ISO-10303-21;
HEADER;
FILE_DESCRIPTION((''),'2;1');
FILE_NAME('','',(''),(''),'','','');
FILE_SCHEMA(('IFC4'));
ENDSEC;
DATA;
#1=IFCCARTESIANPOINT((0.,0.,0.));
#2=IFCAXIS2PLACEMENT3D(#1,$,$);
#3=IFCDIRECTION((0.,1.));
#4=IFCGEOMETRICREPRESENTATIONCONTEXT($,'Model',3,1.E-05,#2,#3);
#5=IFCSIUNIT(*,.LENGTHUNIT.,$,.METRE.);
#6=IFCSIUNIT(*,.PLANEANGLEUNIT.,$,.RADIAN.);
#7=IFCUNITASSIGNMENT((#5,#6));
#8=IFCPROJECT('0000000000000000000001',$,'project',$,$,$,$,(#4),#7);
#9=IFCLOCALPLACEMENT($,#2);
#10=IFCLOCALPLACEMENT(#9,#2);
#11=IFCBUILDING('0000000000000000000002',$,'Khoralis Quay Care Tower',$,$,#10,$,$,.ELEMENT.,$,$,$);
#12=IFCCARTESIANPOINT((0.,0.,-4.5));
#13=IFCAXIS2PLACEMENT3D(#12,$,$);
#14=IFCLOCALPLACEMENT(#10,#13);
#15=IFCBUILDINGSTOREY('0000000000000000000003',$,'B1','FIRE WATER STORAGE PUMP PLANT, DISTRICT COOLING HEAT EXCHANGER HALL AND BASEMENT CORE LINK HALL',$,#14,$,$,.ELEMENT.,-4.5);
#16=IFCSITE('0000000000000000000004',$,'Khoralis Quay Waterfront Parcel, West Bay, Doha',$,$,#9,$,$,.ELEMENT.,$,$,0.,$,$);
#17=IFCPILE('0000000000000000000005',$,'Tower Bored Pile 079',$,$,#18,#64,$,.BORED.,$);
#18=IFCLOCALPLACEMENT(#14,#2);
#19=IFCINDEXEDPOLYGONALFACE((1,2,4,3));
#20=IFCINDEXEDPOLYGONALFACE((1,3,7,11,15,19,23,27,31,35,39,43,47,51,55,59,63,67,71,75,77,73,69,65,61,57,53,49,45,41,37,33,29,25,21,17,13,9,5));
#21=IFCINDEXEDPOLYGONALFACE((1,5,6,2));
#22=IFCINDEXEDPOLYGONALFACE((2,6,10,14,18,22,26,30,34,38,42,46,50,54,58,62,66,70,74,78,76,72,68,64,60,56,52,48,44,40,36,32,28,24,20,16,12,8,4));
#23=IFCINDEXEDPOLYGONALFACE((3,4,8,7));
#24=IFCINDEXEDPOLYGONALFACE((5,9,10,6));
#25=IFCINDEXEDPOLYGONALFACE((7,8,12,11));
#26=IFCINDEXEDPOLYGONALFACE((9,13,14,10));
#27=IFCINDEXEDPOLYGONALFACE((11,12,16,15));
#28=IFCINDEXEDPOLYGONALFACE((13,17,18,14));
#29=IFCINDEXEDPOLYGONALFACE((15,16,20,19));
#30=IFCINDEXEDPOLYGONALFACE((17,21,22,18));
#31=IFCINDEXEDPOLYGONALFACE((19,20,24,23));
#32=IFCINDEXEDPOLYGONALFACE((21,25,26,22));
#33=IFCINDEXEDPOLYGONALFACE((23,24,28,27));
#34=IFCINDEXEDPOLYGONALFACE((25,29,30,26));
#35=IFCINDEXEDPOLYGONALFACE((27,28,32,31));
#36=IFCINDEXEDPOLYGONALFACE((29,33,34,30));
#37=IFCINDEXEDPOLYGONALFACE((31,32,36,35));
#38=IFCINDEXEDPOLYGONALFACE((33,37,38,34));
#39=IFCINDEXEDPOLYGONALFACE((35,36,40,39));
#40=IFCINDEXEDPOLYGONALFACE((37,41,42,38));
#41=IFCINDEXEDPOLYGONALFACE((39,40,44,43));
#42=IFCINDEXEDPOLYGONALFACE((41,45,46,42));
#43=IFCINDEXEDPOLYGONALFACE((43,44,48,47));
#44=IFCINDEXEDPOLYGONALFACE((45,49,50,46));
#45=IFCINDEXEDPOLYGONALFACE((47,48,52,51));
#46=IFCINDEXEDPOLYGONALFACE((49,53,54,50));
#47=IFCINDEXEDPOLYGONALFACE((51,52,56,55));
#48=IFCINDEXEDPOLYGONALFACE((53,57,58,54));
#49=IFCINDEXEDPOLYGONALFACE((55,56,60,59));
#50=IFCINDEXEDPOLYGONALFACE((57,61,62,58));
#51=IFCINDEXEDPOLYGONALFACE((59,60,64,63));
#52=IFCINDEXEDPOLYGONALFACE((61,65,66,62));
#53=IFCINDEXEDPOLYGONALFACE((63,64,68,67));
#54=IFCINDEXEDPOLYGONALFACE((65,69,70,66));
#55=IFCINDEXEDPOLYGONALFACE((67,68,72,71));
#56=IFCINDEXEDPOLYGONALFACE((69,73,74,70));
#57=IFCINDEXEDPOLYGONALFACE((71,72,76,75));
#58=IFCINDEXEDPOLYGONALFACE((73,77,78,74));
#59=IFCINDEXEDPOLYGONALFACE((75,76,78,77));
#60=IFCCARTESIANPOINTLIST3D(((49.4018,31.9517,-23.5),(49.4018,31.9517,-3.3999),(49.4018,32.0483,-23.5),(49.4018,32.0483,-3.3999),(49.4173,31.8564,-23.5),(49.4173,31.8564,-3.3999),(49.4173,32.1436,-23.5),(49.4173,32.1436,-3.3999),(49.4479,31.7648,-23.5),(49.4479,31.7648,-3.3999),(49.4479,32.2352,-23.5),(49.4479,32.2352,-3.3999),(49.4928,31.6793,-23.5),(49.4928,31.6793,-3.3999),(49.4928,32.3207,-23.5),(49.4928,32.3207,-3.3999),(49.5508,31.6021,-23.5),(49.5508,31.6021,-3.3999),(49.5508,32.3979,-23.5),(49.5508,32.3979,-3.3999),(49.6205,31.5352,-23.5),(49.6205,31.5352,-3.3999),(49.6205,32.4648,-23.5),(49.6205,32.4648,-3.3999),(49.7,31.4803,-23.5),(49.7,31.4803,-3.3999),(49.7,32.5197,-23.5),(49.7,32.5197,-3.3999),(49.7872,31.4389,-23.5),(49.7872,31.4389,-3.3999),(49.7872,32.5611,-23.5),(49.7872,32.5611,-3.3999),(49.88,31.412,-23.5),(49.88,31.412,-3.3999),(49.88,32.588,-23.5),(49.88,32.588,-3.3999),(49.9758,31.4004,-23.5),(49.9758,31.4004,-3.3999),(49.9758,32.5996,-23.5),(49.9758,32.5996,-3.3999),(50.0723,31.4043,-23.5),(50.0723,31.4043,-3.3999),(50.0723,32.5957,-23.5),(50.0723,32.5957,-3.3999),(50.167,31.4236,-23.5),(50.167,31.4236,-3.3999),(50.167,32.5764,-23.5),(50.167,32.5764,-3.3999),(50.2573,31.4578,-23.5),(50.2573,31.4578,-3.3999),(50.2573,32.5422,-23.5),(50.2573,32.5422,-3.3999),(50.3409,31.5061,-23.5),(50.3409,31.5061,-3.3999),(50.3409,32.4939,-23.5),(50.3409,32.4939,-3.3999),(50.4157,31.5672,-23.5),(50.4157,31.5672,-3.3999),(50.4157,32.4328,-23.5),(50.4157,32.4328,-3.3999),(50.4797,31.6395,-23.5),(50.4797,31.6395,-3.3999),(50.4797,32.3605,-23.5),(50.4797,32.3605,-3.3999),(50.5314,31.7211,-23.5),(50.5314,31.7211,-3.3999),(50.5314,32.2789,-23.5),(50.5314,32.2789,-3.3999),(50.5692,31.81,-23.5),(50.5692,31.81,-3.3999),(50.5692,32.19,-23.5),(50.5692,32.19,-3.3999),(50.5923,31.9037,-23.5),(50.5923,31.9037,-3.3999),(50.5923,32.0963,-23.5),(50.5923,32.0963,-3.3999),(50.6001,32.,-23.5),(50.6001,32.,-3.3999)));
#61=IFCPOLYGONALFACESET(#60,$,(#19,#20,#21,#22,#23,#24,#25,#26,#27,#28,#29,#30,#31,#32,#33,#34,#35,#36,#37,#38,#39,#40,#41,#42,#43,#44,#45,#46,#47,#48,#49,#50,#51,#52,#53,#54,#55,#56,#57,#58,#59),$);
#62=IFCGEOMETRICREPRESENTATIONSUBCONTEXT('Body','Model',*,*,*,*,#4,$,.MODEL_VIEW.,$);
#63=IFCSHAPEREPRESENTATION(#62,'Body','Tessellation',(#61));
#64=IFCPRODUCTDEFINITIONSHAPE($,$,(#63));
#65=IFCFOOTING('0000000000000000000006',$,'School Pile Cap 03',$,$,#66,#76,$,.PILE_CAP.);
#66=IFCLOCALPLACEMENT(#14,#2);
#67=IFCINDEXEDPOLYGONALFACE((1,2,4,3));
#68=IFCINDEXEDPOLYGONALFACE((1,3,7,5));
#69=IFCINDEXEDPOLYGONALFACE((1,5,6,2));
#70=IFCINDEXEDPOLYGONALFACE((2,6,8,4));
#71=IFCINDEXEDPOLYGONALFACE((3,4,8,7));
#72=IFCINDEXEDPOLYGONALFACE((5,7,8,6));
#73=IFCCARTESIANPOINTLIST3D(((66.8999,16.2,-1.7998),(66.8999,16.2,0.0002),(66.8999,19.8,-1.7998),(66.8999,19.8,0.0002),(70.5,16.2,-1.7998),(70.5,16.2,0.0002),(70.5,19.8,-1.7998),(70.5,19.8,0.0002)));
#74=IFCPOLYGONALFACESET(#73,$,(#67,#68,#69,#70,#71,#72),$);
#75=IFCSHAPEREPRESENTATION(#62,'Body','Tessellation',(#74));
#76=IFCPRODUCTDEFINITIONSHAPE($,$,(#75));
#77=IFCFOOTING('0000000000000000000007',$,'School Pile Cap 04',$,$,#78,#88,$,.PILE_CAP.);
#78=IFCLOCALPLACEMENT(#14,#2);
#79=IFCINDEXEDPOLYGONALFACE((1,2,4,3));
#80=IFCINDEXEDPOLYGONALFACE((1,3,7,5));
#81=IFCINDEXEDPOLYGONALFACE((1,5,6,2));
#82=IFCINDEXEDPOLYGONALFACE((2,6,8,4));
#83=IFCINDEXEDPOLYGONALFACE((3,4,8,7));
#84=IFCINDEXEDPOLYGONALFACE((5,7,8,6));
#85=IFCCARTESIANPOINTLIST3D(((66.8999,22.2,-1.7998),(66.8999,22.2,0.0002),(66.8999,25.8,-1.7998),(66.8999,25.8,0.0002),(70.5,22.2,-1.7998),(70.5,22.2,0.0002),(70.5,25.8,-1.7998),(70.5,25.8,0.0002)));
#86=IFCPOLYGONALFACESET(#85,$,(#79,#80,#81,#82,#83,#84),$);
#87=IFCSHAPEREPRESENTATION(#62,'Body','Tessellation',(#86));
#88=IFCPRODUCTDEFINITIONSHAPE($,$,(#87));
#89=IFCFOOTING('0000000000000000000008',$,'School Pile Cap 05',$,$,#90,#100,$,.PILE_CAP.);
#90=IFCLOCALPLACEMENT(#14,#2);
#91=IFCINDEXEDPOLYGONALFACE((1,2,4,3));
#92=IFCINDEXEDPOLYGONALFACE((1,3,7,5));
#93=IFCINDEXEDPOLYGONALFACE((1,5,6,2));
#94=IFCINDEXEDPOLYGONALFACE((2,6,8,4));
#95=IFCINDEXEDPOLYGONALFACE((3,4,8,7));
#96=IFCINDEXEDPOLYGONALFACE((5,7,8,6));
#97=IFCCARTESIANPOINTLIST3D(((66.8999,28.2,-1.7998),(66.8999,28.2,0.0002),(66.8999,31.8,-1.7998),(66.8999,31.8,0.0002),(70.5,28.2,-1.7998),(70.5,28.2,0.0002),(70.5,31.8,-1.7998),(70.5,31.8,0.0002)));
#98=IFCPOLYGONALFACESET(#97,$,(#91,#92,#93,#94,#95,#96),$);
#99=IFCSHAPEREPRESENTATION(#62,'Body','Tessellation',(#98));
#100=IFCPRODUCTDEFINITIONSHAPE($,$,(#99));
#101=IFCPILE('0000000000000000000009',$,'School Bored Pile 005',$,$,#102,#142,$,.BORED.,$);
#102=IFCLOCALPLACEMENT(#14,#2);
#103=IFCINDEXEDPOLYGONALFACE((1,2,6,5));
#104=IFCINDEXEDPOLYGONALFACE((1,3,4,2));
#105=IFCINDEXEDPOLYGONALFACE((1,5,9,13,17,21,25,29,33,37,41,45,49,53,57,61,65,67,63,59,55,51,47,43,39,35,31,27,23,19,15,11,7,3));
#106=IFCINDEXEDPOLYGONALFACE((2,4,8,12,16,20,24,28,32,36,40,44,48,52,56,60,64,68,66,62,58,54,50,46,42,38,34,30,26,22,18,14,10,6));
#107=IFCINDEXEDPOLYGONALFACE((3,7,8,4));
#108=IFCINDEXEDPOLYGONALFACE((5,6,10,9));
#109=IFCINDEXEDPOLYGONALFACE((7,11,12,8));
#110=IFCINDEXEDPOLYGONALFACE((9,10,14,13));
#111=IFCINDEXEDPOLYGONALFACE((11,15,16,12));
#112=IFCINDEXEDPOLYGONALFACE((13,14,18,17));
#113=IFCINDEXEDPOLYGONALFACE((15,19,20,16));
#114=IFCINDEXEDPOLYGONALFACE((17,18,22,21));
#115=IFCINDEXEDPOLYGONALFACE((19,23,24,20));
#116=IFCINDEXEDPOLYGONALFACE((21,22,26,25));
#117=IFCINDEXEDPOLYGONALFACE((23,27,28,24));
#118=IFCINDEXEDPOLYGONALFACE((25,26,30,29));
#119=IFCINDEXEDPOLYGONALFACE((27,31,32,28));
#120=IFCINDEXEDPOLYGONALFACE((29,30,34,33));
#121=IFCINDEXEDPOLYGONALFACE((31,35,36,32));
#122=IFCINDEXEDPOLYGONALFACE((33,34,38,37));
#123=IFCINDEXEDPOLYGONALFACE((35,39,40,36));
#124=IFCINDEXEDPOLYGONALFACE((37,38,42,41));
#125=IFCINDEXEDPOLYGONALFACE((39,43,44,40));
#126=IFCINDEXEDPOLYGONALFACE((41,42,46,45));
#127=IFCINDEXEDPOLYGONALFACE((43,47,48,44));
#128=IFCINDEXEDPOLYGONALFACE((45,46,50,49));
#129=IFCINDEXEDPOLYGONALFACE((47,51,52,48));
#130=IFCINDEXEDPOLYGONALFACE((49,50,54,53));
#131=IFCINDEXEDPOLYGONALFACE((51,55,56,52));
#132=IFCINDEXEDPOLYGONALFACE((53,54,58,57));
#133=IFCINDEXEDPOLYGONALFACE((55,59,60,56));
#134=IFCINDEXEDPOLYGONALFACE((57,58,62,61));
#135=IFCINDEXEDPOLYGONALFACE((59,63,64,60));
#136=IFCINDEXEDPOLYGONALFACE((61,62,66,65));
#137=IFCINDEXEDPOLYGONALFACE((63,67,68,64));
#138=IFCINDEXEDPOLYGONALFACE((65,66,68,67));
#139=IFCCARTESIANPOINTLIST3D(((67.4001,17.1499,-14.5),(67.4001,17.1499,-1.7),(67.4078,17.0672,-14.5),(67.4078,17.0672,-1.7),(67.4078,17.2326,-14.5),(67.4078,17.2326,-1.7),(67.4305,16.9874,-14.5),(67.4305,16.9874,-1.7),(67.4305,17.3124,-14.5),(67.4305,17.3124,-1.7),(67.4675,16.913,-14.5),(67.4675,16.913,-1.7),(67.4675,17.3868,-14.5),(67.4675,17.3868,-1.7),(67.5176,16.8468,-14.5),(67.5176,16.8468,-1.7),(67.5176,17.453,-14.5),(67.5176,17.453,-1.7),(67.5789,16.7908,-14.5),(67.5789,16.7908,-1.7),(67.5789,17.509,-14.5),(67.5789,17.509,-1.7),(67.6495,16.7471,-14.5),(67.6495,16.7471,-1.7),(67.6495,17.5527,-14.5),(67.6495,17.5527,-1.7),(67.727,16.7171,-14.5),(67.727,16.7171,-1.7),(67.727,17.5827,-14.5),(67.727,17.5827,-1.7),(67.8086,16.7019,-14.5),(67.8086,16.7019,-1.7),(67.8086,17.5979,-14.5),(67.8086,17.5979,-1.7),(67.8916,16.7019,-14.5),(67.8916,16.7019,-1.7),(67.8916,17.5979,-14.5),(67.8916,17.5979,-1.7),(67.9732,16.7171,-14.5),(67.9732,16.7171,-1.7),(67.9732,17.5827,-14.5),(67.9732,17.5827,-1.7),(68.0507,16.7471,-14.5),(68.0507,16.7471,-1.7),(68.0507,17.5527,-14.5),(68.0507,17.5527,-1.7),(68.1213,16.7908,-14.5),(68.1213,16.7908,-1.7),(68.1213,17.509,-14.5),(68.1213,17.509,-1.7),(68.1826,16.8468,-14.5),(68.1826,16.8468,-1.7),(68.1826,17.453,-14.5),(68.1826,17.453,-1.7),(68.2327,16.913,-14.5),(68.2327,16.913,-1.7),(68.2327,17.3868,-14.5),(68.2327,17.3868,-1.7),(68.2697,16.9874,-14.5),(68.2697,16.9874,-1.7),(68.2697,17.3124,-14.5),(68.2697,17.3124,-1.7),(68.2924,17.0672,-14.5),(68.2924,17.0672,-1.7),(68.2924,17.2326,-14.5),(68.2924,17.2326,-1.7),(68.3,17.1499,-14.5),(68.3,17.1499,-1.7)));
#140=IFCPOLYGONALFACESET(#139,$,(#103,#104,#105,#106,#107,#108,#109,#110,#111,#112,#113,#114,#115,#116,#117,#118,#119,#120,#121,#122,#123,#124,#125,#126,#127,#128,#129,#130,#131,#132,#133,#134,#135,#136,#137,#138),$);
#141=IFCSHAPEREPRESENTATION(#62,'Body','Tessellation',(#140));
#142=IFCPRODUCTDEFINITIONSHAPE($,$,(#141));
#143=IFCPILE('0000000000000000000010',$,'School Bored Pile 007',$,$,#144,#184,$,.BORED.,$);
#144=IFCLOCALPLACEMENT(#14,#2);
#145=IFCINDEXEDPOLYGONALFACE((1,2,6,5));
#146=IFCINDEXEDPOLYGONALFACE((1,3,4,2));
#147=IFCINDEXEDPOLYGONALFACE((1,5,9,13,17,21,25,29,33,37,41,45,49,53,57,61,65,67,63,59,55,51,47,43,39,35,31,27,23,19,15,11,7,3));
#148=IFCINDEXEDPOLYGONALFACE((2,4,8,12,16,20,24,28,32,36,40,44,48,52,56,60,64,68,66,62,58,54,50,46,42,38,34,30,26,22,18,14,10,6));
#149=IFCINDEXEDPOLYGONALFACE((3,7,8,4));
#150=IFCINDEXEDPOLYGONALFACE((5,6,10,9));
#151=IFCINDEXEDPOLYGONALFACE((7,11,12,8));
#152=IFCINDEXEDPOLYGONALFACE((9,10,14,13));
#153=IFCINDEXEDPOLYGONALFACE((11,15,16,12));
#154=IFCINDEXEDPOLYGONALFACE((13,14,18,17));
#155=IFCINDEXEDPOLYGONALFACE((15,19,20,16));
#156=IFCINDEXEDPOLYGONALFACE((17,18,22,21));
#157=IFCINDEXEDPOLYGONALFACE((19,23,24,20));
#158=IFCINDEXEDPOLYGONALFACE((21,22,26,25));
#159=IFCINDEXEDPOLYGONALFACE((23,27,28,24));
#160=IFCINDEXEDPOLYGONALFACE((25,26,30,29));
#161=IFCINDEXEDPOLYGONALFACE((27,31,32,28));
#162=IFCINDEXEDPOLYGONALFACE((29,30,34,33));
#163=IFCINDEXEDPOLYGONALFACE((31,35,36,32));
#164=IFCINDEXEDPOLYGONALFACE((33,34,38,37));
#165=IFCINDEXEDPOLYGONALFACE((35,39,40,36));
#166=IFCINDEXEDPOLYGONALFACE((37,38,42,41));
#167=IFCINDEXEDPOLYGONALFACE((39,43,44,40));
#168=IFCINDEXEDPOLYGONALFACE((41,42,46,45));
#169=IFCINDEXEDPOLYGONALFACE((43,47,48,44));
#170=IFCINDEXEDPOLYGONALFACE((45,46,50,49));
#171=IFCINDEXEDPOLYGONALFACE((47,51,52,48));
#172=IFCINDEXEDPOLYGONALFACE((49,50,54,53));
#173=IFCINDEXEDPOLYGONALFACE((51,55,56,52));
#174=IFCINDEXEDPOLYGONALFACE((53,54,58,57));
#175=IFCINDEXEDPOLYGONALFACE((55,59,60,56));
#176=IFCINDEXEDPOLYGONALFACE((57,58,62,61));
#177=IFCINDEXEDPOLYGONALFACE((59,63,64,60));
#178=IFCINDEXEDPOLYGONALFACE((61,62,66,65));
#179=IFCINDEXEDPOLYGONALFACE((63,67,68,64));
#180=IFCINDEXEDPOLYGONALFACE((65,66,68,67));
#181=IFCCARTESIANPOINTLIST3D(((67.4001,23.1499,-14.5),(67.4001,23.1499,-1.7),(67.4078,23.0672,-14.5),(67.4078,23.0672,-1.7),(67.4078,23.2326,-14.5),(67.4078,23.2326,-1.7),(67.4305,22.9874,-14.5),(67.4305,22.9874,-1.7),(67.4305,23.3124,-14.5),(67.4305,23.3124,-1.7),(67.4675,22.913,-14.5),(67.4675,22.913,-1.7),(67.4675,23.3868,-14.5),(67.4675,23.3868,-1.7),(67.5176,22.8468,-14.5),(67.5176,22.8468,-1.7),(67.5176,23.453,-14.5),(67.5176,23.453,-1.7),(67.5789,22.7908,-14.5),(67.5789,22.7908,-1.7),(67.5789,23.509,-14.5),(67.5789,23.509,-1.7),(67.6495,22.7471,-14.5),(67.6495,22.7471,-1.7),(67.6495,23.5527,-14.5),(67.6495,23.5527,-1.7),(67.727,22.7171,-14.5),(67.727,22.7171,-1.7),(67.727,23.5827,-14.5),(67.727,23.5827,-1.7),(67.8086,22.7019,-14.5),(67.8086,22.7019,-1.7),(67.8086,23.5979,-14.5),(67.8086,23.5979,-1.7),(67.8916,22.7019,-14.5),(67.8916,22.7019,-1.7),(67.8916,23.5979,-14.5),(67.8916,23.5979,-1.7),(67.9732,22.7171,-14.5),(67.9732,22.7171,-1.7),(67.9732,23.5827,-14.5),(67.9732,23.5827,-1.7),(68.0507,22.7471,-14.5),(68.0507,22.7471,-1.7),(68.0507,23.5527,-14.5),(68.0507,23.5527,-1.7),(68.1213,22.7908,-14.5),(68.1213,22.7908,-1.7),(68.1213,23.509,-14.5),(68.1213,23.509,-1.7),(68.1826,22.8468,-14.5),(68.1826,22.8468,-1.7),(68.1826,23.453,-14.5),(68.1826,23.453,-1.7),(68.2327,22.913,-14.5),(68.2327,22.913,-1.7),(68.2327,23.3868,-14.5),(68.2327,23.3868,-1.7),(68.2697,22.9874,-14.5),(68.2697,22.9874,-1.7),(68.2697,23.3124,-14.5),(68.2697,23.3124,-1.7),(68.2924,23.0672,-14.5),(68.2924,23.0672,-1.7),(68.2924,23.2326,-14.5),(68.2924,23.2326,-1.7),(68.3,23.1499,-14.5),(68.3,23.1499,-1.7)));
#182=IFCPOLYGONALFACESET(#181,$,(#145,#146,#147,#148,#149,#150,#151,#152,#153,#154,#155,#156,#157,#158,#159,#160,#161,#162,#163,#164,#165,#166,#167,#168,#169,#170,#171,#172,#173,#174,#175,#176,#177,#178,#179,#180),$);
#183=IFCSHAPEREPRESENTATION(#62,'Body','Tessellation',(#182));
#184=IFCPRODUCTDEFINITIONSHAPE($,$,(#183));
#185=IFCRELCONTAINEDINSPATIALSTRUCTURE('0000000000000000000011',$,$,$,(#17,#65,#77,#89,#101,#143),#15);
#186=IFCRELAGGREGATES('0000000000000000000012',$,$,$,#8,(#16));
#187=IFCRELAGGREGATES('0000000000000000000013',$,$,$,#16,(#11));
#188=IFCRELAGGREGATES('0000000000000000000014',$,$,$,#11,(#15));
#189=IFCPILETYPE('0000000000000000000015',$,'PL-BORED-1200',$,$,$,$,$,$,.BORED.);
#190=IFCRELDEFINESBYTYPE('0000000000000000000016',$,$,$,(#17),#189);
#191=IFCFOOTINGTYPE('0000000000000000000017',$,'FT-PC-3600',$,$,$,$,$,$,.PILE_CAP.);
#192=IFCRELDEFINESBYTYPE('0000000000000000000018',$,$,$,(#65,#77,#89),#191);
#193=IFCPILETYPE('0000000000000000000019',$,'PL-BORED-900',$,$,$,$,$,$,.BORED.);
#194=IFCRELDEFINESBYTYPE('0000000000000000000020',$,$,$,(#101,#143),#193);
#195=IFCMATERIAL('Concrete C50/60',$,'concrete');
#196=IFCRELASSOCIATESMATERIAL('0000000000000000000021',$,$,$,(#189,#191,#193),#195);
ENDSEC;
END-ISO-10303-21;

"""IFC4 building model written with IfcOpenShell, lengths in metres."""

from ifc_helpers import new_model, si_unit, direction, frame, origin, origin_2d, place, context, subcontext, project, spatial, rectangle, circle, extrude, source, transform, mapped, material, material_profile, profile_set, type_object, element, save


model = new_model("IFC4")

# Units and contexts
model_context = context("Model", 3, precision=1e-05, world=origin(), true_north=direction((0.0, 1.0)))
body_context = subcontext(model_context, "Body", "Model", "MODEL_VIEW")
ifc_project = project(units=[si_unit("LENGTHUNIT", "METRE"), si_unit("PLANEANGLEUNIT", "RADIAN")], contexts=[model_context])

# Site, building, storey
site_placement = place(None, origin())
site = spatial("IfcSite", under=ifc_project, at=site_placement, Name="Khoralis Quay Waterfront Parcel, West Bay, Doha", CompositionType="ELEMENT", RefElevation=0.0)
building_placement = place(site_placement, origin())
building = spatial("IfcBuilding", under=site, at=building_placement, Name="Khoralis Quay Care Tower", CompositionType="ELEMENT")
storey_placement = place(building_placement, frame((0.0, 0.0, -4.5)))
storey = spatial("IfcBuildingStorey", under=building, at=storey_placement, Name="B1", Description="FIRE WATER STORAGE PUMP PLANT, DISTRICT COOLING HEAT EXCHANGER HALL AND BASEMENT CORE LINK HALL", CompositionType="ELEMENT", Elevation=-4.5)

# Pile
ifc_material_1 = material(Name="Concrete C50/60", Category="concrete")
ifc_material_profile_1 = material_profile(ifc_material_1, circle(Radius=0.6001, at=origin_2d()), Name="Concrete C50/60")
ifc_profile_set_1 = profile_set([ifc_material_profile_1], Name="Concrete C50/60")
pile_type_1 = type_object("IfcPileType", Name="PL-BORED-1200", PredefinedType="BORED", material=ifc_profile_set_1)
shared_shape_1 = source(origin(), body_context, "Body", "SweptSolid", [
    extrude(circle(Radius=0.6001, at=origin_2d()), origin(), (0.0, 0.0, 1.0), 20.1001),
])
pile_placement = place(storey_placement, frame((50.0, 32.0, -3.3999), z_axis=(0.0, 0.0, -1.0), x_axis=(1.0, 0.0, 0.0)))
element("IfcPile", 1, at=pile_placement, inside=storey, type_object=pile_type_1, Name="Tower Bored Pile 079", PredefinedType="BORED", context=body_context, shape_type="MappedRepresentation", body=[
    mapped(shared_shape_1, transform((0.0, 0.0, 0.0), scale=1.0)),
])

# Footings
footing_type_1 = type_object("IfcFootingType", Name="FT-PC-3600", PredefinedType="PILE_CAP", material=ifc_material_1)
shared_shape_2 = source(origin(), body_context, "Body", "SweptSolid", [
    extrude(rectangle(XDim=3.6001, YDim=3.6001, at=origin_2d()), origin(), (0.0, 0.0, 1.0), 1.8),
])
for number, where, z_axis, x_axis, name in (
    (2, (68.7, 18.0, -1.7998), (0.0, 0.0, 1.0), (1.0, 0.0, 0.0), "School Pile Cap 03"),
    (3, (68.7, 24.0, -1.7998), (0.0, 0.0, 1.0), (1.0, 0.0, 0.0), "School Pile Cap 04"),
    (4, (68.7, 30.0, -1.7998), (0.0, 0.0, 1.0), (1.0, 0.0, 0.0), "School Pile Cap 05"),
):
    element("IfcFooting", number, at=place(storey_placement, frame(where, z_axis=z_axis, x_axis=x_axis)), inside=storey, type_object=footing_type_1, Name=name, PredefinedType="PILE_CAP", context=body_context, shape_type="MappedRepresentation", body=[
        mapped(shared_shape_2, transform((0.0, 0.0, 0.0), scale=1.0)),
    ])

# Piles
ifc_material_profile_2 = material_profile(ifc_material_1, circle(Radius=0.45, at=origin_2d()), Name="Concrete C50/60")
ifc_profile_set_2 = profile_set([ifc_material_profile_2], Name="Concrete C50/60")
pile_type_2 = type_object("IfcPileType", Name="PL-BORED-900", PredefinedType="BORED", material=ifc_profile_set_2)
shared_shape_3 = source(origin(), body_context, "Body", "SweptSolid", [
    extrude(circle(Radius=0.45, at=origin_2d()), origin(), (0.0, 0.0, 1.0), 12.8),
])
for number, where, z_axis, x_axis, name in (
    (5, (67.8501, 17.1499, -1.7), (0.0, 0.0, -1.0), (1.0, 0.0, 0.0), "School Bored Pile 005"),
    (6, (67.8501, 23.1499, -1.7), (0.0, 0.0, -1.0), (1.0, 0.0, 0.0), "School Bored Pile 007"),
):
    element("IfcPile", number, at=place(storey_placement, frame(where, z_axis=z_axis, x_axis=x_axis)), inside=storey, type_object=pile_type_2, Name=name, PredefinedType="BORED", context=body_context, shape_type="MappedRepresentation", body=[
        mapped(shared_shape_3, transform((0.0, 0.0, 0.0), scale=1.0)),
    ])

save(model, "model.ifc")
